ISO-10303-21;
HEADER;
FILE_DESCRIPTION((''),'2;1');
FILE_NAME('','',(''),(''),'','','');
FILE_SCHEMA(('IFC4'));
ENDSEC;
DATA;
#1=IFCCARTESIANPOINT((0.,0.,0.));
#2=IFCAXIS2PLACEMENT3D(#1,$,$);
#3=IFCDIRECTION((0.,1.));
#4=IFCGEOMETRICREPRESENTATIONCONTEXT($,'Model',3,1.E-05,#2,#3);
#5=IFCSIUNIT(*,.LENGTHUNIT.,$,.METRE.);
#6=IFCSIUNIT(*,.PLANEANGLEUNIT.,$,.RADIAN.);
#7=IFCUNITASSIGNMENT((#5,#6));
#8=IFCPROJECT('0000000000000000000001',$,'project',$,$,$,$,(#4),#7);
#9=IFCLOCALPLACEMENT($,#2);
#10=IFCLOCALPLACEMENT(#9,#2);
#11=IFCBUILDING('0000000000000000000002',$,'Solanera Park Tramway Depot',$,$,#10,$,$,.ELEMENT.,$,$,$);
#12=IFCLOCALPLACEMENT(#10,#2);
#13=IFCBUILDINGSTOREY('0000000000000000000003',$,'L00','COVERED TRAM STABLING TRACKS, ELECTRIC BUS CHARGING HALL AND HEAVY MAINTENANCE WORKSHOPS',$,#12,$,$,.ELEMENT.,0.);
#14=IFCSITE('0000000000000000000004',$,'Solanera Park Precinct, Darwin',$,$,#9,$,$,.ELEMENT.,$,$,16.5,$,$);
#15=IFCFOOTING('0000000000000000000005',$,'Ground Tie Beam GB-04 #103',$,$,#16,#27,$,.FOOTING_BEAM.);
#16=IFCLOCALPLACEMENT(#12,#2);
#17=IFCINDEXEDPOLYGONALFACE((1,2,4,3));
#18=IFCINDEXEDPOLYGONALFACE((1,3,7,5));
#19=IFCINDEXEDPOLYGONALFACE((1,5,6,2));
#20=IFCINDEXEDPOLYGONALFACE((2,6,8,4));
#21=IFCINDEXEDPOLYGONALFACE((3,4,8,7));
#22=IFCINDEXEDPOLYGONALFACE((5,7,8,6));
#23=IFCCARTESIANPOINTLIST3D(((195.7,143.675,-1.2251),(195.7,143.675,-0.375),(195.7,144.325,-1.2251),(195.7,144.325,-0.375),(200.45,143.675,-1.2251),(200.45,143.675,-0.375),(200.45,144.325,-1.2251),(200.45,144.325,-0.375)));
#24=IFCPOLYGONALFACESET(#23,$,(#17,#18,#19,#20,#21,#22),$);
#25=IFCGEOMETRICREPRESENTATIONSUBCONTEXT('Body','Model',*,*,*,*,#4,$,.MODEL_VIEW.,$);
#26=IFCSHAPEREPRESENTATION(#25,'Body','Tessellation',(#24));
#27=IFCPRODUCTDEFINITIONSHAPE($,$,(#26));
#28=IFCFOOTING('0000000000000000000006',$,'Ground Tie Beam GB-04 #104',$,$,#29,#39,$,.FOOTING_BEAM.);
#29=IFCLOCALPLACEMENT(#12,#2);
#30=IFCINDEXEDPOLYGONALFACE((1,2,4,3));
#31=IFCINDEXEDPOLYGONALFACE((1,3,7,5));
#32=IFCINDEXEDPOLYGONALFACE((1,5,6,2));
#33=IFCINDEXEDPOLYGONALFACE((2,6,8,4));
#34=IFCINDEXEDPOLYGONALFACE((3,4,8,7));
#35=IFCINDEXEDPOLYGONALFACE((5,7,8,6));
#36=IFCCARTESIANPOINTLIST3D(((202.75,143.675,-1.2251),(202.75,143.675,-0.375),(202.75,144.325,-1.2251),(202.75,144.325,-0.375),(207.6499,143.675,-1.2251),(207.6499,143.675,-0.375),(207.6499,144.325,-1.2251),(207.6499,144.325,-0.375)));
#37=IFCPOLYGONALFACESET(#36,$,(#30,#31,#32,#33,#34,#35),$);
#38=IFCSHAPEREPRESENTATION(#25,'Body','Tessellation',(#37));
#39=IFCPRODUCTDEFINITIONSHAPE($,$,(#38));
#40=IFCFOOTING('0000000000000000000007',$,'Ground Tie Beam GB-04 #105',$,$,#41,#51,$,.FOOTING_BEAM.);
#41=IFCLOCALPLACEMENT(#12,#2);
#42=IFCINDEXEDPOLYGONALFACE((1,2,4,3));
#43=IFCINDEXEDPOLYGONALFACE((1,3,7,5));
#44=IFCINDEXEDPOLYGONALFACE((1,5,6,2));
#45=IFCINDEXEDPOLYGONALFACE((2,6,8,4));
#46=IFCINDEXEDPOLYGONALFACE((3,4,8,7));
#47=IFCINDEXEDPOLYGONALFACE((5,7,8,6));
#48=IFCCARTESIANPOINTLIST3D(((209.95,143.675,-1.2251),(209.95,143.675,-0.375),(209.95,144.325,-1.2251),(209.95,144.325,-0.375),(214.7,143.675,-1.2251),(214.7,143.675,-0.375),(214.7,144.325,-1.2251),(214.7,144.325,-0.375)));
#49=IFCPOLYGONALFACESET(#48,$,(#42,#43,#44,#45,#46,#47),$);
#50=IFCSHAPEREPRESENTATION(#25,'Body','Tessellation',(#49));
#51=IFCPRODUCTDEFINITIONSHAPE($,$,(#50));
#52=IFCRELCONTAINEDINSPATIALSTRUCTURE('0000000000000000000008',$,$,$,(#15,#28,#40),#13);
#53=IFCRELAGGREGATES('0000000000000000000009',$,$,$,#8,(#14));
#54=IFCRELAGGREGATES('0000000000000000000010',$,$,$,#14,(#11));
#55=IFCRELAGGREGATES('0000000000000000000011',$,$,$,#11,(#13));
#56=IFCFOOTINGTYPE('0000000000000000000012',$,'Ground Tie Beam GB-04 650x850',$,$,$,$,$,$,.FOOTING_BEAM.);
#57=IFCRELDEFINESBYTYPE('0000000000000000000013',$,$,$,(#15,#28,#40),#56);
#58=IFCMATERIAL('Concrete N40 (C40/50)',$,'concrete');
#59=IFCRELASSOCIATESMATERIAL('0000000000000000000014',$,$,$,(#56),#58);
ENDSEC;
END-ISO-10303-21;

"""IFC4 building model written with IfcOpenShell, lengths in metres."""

from ifc_helpers import new_model, si_unit, direction, frame, origin, place, context, subcontext, project, spatial, polyline, outline, extrude, material, type_object, element, save


model = new_model("IFC4")

# Units and contexts
model_context = context("Model", 3, precision=1e-05, world=origin(), true_north=direction((0.0, 1.0)))
body_context = subcontext(model_context, "Body", "Model", "MODEL_VIEW")
ifc_project = project(units=[si_unit("LENGTHUNIT", "METRE"), si_unit("PLANEANGLEUNIT", "RADIAN")], contexts=[model_context])

# Site, building, storey
site_placement = place(None, origin())
site = spatial("IfcSite", under=ifc_project, at=site_placement, Name="Solanera Park Precinct, Darwin", CompositionType="ELEMENT", RefElevation=16.5)
building_placement = place(site_placement, origin())
building = spatial("IfcBuilding", under=site, at=building_placement, Name="Solanera Park Tramway Depot", CompositionType="ELEMENT")
storey_placement = place(building_placement, origin())
storey = spatial("IfcBuildingStorey", under=building, at=storey_placement, Name="L00", Description="COVERED TRAM STABLING TRACKS, ELECTRIC BUS CHARGING HALL AND HEAVY MAINTENANCE WORKSHOPS", CompositionType="ELEMENT", Elevation=0.0)

# Footings
ifc_material_1 = material(Name="Concrete N40 (C40/50)", Category="concrete")
footing_type_1 = type_object("IfcFootingType", Name="Ground Tie Beam GB-04 650x850", PredefinedType="FOOTING_BEAM", material=ifc_material_1)
footing_1_placement = place(storey_placement, frame((0.0, 0.0, -1.2251)))
element("IfcFooting", 1, at=footing_1_placement, inside=storey, type_object=footing_type_1, Name="Ground Tie Beam GB-04 #103", PredefinedType="FOOTING_BEAM", context=body_context, shape_type="SweptSolid", body=[
    extrude(outline(polyline([(200.45, 143.675), (200.45, 144.325), (195.7, 144.325), (195.7, 143.675), (200.45, 143.675)])), origin(), (0.0, 0.0, 1.0), 0.8501),
])
footing_2_placement = place(storey_placement, frame((0.0, 0.0, -1.2251)))
element("IfcFooting", 2, at=footing_2_placement, inside=storey, type_object=footing_type_1, Name="Ground Tie Beam GB-04 #104", PredefinedType="FOOTING_BEAM", context=body_context, shape_type="SweptSolid", body=[
    extrude(outline(polyline([(207.6499, 143.675), (207.6499, 144.325), (202.75, 144.325), (202.75, 143.675), (207.6499, 143.675)])), origin(), (0.0, 0.0, 1.0), 0.8501),
])
footing_3_placement = place(storey_placement, frame((0.0, 0.0, -1.2251)))
element("IfcFooting", 3, at=footing_3_placement, inside=storey, type_object=footing_type_1, Name="Ground Tie Beam GB-04 #105", PredefinedType="FOOTING_BEAM", context=body_context, shape_type="SweptSolid", body=[
    extrude(outline(polyline([(214.7, 143.675), (214.7, 144.325), (209.95, 144.325), (209.95, 143.675), (214.7, 143.675)])), origin(), (0.0, 0.0, 1.0), 0.8501),
])

save(model, "model.ifc")
